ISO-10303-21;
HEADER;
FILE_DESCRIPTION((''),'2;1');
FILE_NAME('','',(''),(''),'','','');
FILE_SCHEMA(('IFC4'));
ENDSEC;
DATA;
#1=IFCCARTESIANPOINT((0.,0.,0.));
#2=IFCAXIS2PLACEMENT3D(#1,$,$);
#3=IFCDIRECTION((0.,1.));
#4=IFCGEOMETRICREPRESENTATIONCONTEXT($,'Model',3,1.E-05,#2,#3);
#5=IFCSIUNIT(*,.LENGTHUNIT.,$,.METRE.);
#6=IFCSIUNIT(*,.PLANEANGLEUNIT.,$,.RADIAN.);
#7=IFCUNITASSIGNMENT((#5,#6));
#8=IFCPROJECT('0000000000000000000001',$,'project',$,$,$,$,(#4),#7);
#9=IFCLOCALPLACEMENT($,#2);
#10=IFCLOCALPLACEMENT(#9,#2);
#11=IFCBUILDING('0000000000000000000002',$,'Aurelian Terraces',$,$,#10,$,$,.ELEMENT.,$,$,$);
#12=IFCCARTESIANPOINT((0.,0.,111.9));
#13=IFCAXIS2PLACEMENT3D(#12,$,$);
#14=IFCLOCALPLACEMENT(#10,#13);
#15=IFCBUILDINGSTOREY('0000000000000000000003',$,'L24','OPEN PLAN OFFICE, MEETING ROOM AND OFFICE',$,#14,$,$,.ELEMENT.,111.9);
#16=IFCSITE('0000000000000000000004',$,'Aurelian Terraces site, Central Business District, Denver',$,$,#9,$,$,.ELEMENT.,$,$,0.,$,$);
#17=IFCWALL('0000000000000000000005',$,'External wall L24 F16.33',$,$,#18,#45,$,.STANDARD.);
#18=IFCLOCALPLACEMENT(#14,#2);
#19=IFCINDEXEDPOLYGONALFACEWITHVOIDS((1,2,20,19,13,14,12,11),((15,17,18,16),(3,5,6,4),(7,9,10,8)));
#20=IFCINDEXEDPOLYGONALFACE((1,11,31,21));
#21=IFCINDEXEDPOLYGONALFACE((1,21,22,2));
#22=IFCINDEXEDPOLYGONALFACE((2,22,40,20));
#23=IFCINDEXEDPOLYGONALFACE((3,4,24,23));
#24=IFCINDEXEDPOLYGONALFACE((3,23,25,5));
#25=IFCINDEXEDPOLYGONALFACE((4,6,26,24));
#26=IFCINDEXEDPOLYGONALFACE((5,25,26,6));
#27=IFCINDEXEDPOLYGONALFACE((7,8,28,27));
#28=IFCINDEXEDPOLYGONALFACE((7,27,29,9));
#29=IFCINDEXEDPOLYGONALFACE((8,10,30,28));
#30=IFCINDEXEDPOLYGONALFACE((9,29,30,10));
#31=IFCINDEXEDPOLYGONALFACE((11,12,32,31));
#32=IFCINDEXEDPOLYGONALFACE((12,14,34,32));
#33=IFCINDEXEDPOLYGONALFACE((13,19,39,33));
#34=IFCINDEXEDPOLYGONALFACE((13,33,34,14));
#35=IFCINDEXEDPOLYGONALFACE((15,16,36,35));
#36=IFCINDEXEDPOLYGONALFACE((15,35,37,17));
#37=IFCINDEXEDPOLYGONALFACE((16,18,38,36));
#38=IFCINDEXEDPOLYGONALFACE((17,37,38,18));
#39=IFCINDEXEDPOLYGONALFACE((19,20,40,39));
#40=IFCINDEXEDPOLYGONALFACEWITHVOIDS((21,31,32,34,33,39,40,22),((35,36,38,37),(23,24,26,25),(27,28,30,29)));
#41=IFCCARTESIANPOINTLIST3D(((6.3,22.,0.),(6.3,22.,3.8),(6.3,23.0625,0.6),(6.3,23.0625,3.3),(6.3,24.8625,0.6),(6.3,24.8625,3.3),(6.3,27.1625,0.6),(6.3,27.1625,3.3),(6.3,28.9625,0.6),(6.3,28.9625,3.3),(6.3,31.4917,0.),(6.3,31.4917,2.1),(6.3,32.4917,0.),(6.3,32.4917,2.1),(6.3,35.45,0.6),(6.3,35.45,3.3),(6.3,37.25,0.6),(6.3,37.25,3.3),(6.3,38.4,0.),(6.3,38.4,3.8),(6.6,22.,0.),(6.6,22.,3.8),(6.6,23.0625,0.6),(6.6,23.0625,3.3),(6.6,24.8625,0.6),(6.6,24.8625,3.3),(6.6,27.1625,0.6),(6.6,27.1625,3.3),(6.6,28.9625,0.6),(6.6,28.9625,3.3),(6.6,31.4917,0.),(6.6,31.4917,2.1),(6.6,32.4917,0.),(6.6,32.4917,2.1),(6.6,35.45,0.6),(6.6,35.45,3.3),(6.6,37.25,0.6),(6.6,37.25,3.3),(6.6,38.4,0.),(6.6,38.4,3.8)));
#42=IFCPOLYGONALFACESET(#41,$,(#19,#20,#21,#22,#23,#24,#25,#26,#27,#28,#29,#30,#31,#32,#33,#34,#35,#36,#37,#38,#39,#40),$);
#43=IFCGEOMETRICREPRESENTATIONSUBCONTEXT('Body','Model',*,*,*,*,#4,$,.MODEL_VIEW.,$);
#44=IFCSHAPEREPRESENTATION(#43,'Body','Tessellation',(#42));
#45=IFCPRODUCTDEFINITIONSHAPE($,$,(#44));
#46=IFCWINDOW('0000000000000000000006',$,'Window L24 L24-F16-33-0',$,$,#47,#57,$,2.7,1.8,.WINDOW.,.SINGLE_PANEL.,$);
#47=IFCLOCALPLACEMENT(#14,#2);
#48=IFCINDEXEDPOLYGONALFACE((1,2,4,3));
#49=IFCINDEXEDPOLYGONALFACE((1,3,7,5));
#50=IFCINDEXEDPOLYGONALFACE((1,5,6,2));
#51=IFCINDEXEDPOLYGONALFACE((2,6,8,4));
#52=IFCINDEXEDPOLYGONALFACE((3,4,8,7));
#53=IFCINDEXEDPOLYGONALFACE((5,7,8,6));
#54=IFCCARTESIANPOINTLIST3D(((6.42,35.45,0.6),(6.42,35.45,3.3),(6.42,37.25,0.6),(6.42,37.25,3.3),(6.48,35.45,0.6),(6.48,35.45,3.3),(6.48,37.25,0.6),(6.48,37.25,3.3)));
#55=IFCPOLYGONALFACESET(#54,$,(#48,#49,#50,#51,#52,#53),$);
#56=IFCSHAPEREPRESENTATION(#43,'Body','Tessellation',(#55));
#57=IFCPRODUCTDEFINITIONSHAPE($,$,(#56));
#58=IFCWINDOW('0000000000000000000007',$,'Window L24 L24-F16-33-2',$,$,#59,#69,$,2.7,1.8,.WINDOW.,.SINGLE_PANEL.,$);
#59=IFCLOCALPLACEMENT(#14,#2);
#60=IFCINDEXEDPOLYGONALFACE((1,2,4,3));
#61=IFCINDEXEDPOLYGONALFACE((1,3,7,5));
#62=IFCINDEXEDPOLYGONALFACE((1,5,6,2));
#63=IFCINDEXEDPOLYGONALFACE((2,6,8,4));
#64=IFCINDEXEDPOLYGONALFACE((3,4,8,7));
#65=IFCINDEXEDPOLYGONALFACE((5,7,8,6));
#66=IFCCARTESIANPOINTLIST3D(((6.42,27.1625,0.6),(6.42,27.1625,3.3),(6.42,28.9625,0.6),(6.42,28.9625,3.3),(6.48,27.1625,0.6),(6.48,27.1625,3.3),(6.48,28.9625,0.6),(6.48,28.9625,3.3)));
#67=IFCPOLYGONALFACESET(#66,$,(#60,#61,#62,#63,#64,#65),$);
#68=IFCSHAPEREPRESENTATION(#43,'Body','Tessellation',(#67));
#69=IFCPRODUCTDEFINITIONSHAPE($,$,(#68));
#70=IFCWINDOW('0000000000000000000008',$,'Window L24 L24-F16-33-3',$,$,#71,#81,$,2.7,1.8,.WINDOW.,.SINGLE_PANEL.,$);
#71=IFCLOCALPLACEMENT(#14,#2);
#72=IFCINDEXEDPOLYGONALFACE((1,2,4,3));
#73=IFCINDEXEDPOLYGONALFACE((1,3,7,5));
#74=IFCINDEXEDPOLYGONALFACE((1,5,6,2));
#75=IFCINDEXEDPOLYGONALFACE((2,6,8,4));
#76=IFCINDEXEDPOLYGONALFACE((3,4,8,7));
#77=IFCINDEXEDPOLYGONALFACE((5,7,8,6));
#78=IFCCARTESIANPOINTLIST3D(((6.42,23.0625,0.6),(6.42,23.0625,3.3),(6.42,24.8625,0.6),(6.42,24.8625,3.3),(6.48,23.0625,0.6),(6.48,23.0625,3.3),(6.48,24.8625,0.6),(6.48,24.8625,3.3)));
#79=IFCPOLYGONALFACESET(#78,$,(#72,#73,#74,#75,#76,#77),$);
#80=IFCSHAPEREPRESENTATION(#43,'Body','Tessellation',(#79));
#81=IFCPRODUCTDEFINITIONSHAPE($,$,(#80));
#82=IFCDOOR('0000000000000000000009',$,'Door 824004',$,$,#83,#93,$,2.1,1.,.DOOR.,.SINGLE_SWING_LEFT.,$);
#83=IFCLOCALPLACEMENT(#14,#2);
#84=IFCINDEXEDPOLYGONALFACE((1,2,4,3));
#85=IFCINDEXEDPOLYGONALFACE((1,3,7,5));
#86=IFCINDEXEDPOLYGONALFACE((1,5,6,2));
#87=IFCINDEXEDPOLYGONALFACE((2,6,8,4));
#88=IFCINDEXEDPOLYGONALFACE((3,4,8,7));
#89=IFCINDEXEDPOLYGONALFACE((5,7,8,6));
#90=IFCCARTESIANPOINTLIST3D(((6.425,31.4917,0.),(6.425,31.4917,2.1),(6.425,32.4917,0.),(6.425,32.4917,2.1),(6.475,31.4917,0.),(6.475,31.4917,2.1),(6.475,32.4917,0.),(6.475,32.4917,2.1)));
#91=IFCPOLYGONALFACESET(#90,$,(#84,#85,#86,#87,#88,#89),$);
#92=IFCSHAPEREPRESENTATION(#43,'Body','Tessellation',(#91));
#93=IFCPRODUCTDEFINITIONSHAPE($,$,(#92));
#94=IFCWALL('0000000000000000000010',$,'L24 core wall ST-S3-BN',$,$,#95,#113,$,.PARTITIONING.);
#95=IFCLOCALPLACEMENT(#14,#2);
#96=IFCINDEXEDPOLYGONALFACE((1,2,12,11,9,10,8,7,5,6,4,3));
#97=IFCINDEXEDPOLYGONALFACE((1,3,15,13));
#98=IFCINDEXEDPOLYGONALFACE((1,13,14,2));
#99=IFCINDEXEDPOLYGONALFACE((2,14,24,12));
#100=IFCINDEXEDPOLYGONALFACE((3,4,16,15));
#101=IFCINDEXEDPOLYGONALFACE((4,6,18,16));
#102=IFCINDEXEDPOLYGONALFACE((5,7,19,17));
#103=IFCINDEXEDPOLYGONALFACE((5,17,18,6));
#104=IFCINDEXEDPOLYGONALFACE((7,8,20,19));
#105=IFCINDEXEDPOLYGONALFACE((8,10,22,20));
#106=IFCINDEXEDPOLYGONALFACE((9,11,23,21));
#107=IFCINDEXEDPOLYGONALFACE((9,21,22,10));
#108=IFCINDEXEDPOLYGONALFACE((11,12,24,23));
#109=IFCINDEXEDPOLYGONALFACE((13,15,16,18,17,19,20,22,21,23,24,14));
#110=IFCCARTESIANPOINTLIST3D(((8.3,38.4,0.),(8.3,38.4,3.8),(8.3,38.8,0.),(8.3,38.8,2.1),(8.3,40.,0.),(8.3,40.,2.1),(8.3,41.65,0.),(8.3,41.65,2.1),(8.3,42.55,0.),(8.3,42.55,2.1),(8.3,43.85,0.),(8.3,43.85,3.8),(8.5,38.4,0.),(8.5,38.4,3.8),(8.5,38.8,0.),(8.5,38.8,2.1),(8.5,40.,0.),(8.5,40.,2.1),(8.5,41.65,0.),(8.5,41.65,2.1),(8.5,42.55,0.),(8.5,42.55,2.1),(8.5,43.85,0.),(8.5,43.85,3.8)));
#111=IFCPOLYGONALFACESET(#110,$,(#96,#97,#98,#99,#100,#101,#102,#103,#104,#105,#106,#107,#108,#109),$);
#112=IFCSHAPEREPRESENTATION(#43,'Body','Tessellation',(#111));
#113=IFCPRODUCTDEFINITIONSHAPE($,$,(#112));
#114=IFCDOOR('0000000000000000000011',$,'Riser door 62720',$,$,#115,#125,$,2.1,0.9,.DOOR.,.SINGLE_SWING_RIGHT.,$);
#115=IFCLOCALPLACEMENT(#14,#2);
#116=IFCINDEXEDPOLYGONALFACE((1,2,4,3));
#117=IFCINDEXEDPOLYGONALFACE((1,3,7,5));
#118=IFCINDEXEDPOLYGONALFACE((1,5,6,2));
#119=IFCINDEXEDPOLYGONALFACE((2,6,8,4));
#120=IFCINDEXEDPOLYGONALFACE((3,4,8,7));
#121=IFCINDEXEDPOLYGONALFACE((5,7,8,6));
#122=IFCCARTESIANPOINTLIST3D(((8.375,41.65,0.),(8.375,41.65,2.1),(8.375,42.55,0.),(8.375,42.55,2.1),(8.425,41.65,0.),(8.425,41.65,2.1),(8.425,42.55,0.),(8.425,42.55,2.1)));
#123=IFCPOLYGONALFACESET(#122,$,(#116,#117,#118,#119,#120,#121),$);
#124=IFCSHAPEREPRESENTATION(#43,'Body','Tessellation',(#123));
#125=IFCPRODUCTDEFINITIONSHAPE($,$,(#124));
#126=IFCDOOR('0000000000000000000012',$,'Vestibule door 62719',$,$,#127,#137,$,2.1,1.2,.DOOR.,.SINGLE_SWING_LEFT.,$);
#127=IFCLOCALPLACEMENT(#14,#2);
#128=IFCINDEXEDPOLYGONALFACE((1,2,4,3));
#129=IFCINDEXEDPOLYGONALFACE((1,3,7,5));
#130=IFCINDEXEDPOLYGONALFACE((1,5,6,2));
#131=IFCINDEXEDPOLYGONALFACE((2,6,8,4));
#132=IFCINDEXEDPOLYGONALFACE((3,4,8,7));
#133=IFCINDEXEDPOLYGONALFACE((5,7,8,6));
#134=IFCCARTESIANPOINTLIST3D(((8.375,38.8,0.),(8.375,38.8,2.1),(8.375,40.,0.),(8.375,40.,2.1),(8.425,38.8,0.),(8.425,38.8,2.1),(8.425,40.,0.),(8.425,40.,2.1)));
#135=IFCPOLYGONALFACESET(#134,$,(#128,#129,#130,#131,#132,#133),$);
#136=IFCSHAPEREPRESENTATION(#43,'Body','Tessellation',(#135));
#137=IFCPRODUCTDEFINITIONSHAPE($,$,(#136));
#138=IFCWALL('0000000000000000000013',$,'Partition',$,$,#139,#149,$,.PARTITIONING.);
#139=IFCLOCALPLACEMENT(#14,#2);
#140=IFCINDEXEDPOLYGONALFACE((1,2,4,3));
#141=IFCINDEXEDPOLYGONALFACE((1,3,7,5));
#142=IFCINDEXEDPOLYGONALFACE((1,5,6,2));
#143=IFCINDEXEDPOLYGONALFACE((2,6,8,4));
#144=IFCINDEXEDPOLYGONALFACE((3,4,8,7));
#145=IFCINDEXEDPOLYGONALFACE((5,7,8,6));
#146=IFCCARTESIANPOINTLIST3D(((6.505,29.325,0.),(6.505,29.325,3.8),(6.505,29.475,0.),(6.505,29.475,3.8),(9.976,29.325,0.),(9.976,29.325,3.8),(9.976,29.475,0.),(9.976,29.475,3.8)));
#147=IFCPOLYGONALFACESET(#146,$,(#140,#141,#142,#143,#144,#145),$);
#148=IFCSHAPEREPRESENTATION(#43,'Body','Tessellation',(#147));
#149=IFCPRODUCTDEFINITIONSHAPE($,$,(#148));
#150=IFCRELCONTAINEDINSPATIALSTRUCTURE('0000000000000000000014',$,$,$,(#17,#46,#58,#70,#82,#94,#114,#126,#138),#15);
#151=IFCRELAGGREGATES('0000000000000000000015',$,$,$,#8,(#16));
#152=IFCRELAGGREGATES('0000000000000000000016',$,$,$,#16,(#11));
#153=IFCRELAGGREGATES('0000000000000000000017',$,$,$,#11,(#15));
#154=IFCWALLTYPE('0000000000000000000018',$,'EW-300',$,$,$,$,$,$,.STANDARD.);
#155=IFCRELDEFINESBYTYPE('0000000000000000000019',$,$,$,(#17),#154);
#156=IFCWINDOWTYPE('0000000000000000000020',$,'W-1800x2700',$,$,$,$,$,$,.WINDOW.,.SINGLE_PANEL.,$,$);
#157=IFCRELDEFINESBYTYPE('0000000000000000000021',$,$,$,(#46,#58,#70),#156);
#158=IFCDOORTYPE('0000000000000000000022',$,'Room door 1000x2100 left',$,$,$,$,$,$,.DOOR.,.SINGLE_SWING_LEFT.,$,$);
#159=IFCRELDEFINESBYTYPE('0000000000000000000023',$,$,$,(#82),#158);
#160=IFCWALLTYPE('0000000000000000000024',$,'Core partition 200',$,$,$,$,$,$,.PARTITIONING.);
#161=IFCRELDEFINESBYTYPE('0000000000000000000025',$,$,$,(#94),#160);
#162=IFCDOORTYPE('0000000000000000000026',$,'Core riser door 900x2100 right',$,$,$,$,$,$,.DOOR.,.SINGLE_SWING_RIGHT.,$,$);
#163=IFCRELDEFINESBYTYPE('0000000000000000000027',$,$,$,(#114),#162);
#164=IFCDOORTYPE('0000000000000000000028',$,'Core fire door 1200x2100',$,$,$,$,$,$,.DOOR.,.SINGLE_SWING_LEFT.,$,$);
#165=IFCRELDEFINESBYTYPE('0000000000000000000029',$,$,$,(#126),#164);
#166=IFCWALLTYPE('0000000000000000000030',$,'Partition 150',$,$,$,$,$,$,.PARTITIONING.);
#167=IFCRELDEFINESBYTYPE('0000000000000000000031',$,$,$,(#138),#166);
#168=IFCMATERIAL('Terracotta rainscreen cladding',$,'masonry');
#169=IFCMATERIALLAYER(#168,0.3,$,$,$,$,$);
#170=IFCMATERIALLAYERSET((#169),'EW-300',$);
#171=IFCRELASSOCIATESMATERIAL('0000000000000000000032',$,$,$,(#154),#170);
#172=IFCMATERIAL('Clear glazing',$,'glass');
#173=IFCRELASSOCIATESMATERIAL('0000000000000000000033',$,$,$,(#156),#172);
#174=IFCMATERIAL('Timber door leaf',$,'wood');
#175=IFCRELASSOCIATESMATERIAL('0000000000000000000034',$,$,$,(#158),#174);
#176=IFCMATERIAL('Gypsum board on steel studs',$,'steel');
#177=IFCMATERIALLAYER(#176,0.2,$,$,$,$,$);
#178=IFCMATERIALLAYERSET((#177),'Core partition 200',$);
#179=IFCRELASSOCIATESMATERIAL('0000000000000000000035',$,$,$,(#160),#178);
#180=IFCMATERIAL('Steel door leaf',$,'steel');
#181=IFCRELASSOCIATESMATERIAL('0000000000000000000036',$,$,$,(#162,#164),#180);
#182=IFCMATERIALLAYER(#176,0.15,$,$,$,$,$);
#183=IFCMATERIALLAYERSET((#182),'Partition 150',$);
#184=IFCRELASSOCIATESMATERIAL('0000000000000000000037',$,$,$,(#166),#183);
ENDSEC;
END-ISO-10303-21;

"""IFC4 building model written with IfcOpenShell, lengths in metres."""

from ifc_helpers import new_model, si_unit, direction, frame, frame_2d, origin, place, context, subcontext, project, spatial, rectangle, extrude, source, transform, mapped, material, layer, layer_set, type_object, element, fill, save


model = new_model("IFC4")

# Units and contexts
model_context = context("Model", 3, precision=1e-05, world=origin(), true_north=direction((0.0, 1.0)))
body_context = subcontext(model_context, "Body", "Model", "MODEL_VIEW")
ifc_project = project(units=[si_unit("LENGTHUNIT", "METRE"), si_unit("PLANEANGLEUNIT", "RADIAN")], contexts=[model_context])

# Site, building, storey
site_placement = place(None, origin())
site = spatial("IfcSite", under=ifc_project, at=site_placement, Name="Aurelian Terraces site, Central Business District, Denver", CompositionType="ELEMENT", RefElevation=0.0)
building_placement = place(site_placement, origin())
building = spatial("IfcBuilding", under=site, at=building_placement, Name="Aurelian Terraces", CompositionType="ELEMENT")
storey_placement = place(building_placement, frame((0.0, 0.0, 111.9)))
storey = spatial("IfcBuildingStorey", under=building, at=storey_placement, Name="L24", Description="OPEN PLAN OFFICE, MEETING ROOM AND OFFICE", CompositionType="ELEMENT", Elevation=111.9)

# Shared definitions
ifc_material_1 = material(Name="Clear glazing", Category="glass")

# Wall, openings, windows, door
ifc_material_2 = material(Name="Terracotta rainscreen cladding", Category="masonry")
ifc_layer_1 = layer(ifc_material_2, 0.3)
ifc_layer_set_1 = layer_set([ifc_layer_1], Name="EW-300")
wall_type_1 = type_object("IfcWallType", Name="EW-300", PredefinedType="STANDARD", material=ifc_layer_set_1)
shared_shape_1 = source(origin(), body_context, "Body", "SweptSolid", [
    extrude(rectangle(XDim=16.4, YDim=0.3, at=frame_2d((8.2, 0.0))), origin(), (0.0, 0.0, 1.0), 3.8),
])
wall_1_placement = place(storey_placement, frame((6.45, 38.4, 0.0), z_axis=(0.0, 0.0, 1.0), x_axis=(0.0, -1.0, 0.0)))
wall_1 = element("IfcWall", 1, at=wall_1_placement, inside=storey, type_object=wall_type_1, Name="External wall L24 F16.33", PredefinedType="STANDARD", context=body_context, shape_type="MappedRepresentation", body=[
    mapped(shared_shape_1, transform((0.0, 0.0, 0.0), scale=1.0)),
])
shared_shape_2 = source(origin(), body_context, "Body", "SweptSolid", [
    extrude(rectangle(XDim=1.8, YDim=2.7, at=frame_2d((0.9, 1.35))), frame((0.0, 0.16, 0.0), z_axis=(0.0, -1.0, 0.0), x_axis=(1.0, 0.0, 0.0)), (0.0, 0.0, 1.0), 0.32),
])
opening_1_placement = place(wall_1_placement, frame((1.15, 0.0, 0.6)))
opening_1 = element("IfcOpeningElement", 2, at=opening_1_placement, cuts=wall_1, PredefinedType="OPENING", context=body_context, shape_type="MappedRepresentation", body=[
    mapped(shared_shape_2, transform((0.0, 0.0, 0.0), scale=1.0)),
])
opening_2_placement = place(wall_1_placement, frame((9.4375, 0.0, 0.6)))
opening_2 = element("IfcOpeningElement", 3, at=opening_2_placement, cuts=wall_1, PredefinedType="OPENING", context=body_context, shape_type="MappedRepresentation", body=[
    mapped(shared_shape_2, transform((0.0, 0.0, 0.0), scale=1.0)),
])
opening_3_placement = place(wall_1_placement, frame((13.5375, 0.0, 0.6)))
opening_3 = element("IfcOpeningElement", 4, at=opening_3_placement, cuts=wall_1, PredefinedType="OPENING", context=body_context, shape_type="MappedRepresentation", body=[
    mapped(shared_shape_2, transform((0.0, 0.0, 0.0), scale=1.0)),
])
shared_shape_3 = source(origin(), body_context, "Body", "SweptSolid", [
    extrude(rectangle(XDim=1.0, YDim=2.1, at=frame_2d((0.5, 1.05))), frame((0.0, 0.16, 0.0), z_axis=(0.0, -1.0, 0.0), x_axis=(1.0, 0.0, 0.0)), (0.0, 0.0, 1.0), 0.32),
])
opening_4_placement = place(wall_1_placement, frame((5.9083, 0.0, 0.0)))
opening_4 = element("IfcOpeningElement", 5, at=opening_4_placement, cuts=wall_1, PredefinedType="OPENING", context=body_context, shape_type="MappedRepresentation", body=[
    mapped(shared_shape_3, transform((0.0, 0.0, 0.0), scale=1.0)),
])
window_type_1 = type_object("IfcWindowType", Name="W-1800x2700", PartitioningType="SINGLE_PANEL", PredefinedType="WINDOW", material=ifc_material_1)
shared_shape_4 = source(origin(), body_context, "Body", "SweptSolid", [
    extrude(rectangle(XDim=1.8, YDim=2.7, at=frame_2d((0.9, 1.35))), frame((0.0, 0.03, 0.0), z_axis=(0.0, -1.0, 0.0), x_axis=(1.0, 0.0, 0.0)), (0.0, 0.0, 1.0), 0.06),
])
window_1_placement = place(opening_1_placement, origin())
window_1 = element("IfcWindow", 6, at=window_1_placement, inside=storey, type_object=window_type_1, Name="Window L24 L24-F16-33-0", OverallHeight=2.7, OverallWidth=1.8, PartitioningType="SINGLE_PANEL", PredefinedType="WINDOW", context=body_context, shape_type="MappedRepresentation", body=[
    mapped(shared_shape_4, transform((0.0, 0.0, 0.0), scale=1.0)),
])
fill(opening_1, window_1)
window_2_placement = place(opening_2_placement, origin())
window_2 = element("IfcWindow", 7, at=window_2_placement, inside=storey, type_object=window_type_1, Name="Window L24 L24-F16-33-2", OverallHeight=2.7, OverallWidth=1.8, PartitioningType="SINGLE_PANEL", PredefinedType="WINDOW", context=body_context, shape_type="MappedRepresentation", body=[
    mapped(shared_shape_4, transform((0.0, 0.0, 0.0), scale=1.0)),
])
fill(opening_2, window_2)
window_3_placement = place(opening_3_placement, origin())
window_3 = element("IfcWindow", 8, at=window_3_placement, inside=storey, type_object=window_type_1, Name="Window L24 L24-F16-33-3", OverallHeight=2.7, OverallWidth=1.8, PartitioningType="SINGLE_PANEL", PredefinedType="WINDOW", context=body_context, shape_type="MappedRepresentation", body=[
    mapped(shared_shape_4, transform((0.0, 0.0, 0.0), scale=1.0)),
])
fill(opening_3, window_3)
ifc_material_3 = material(Name="Timber door leaf", Category="wood")
door_type_1 = type_object("IfcDoorType", Name="Room door 1000x2100 left", OperationType="SINGLE_SWING_LEFT", PredefinedType="DOOR", material=ifc_material_3)
shared_shape_5 = source(origin(), body_context, "Body", "SweptSolid", [
    extrude(rectangle(XDim=1.0, YDim=2.1, at=frame_2d((0.5, 1.05))), frame((0.0, 0.025, 0.0), z_axis=(0.0, -1.0, 0.0), x_axis=(1.0, 0.0, 0.0)), (0.0, 0.0, 1.0), 0.05),
])
door_1_placement = place(opening_4_placement, origin())
door_1 = element("IfcDoor", 9, at=door_1_placement, inside=storey, type_object=door_type_1, Name="Door 824004", OperationType="SINGLE_SWING_LEFT", OverallHeight=2.1, OverallWidth=1.0, PredefinedType="DOOR", context=body_context, shape_type="MappedRepresentation", body=[
    mapped(shared_shape_5, transform((0.0, 0.0, 0.0), scale=1.0)),
])
fill(opening_4, door_1)

# Wall, openings, doors
ifc_material_4 = material(Name="Gypsum board on steel studs", Category="steel")
ifc_layer_2 = layer(ifc_material_4, 0.2)
ifc_layer_set_2 = layer_set([ifc_layer_2], Name="Core partition 200")
wall_type_2 = type_object("IfcWallType", Name="Core partition 200", PredefinedType="PARTITIONING", material=ifc_layer_set_2)
shared_shape_6 = source(origin(), body_context, "Body", "SweptSolid", [
    extrude(rectangle(XDim=5.45, YDim=0.2, at=frame_2d((2.725, 0.0))), origin(), (0.0, 0.0, 1.0), 3.8),
])
wall_2_placement = place(storey_placement, frame((8.4, 38.4, 0.0), z_axis=(0.0, 0.0, 1.0), x_axis=(0.0, 1.0, 0.0)))
wall_2 = element("IfcWall", 10, at=wall_2_placement, inside=storey, type_object=wall_type_2, Name="L24 core wall ST-S3-BN", PredefinedType="PARTITIONING", context=body_context, shape_type="MappedRepresentation", body=[
    mapped(shared_shape_6, transform((0.0, 0.0, 0.0), scale=1.0)),
])
shared_shape_7 = source(origin(), body_context, "Body", "SweptSolid", [
    extrude(rectangle(XDim=1.2, YDim=2.1, at=frame_2d((0.6, 1.05))), frame((0.0, 0.11, 0.0), z_axis=(0.0, -1.0, 0.0), x_axis=(1.0, 0.0, 0.0)), (0.0, 0.0, 1.0), 0.22),
])
opening_5_placement = place(wall_2_placement, frame((0.4, 0.0, 0.0)))
opening_5 = element("IfcOpeningElement", 11, at=opening_5_placement, cuts=wall_2, PredefinedType="OPENING", context=body_context, shape_type="MappedRepresentation", body=[
    mapped(shared_shape_7, transform((0.0, 0.0, 0.0), scale=1.0)),
])
shared_shape_8 = source(origin(), body_context, "Body", "SweptSolid", [
    extrude(rectangle(XDim=0.9, YDim=2.1, at=frame_2d((0.45, 1.05))), frame((0.0, 0.11, 0.0), z_axis=(0.0, -1.0, 0.0), x_axis=(1.0, 0.0, 0.0)), (0.0, 0.0, 1.0), 0.22),
])
opening_6_placement = place(wall_2_placement, frame((3.25, 0.0, 0.0)))
opening_6 = element("IfcOpeningElement", 12, at=opening_6_placement, cuts=wall_2, PredefinedType="OPENING", context=body_context, shape_type="MappedRepresentation", body=[
    mapped(shared_shape_8, transform((0.0, 0.0, 0.0), scale=1.0)),
])
ifc_material_5 = material(Name="Steel door leaf", Category="steel")
door_type_2 = type_object("IfcDoorType", Name="Core riser door 900x2100 right", OperationType="SINGLE_SWING_RIGHT", PredefinedType="DOOR", material=ifc_material_5)
shared_shape_9 = source(origin(), body_context, "Body", "SweptSolid", [
    extrude(rectangle(XDim=0.9, YDim=2.1, at=frame_2d((0.45, 1.05))), frame((0.0, 0.025, 0.0), z_axis=(0.0, -1.0, 0.0), x_axis=(1.0, 0.0, 0.0)), (0.0, 0.0, 1.0), 0.05),
])
door_2_placement = place(opening_6_placement, origin())
door_2 = element("IfcDoor", 13, at=door_2_placement, inside=storey, type_object=door_type_2, Name="Riser door 62720", OperationType="SINGLE_SWING_RIGHT", OverallHeight=2.1, OverallWidth=0.9, PredefinedType="DOOR", context=body_context, shape_type="MappedRepresentation", body=[
    mapped(shared_shape_9, transform((0.0, 0.0, 0.0), scale=1.0)),
])
fill(opening_6, door_2)
door_type_3 = type_object("IfcDoorType", Name="Core fire door 1200x2100", OperationType="SINGLE_SWING_LEFT", PredefinedType="DOOR", material=ifc_material_5)
shared_shape_10 = source(origin(), body_context, "Body", "SweptSolid", [
    extrude(rectangle(XDim=1.2, YDim=2.1, at=frame_2d((0.6, 1.05))), frame((0.0, 0.025, 0.0), z_axis=(0.0, -1.0, 0.0), x_axis=(1.0, 0.0, 0.0)), (0.0, 0.0, 1.0), 0.05),
])
door_3_placement = place(opening_5_placement, origin())
door_3 = element("IfcDoor", 14, at=door_3_placement, inside=storey, type_object=door_type_3, Name="Vestibule door 62719", OperationType="SINGLE_SWING_LEFT", OverallHeight=2.1, OverallWidth=1.2, PredefinedType="DOOR", context=body_context, shape_type="MappedRepresentation", body=[
    mapped(shared_shape_10, transform((0.0, 0.0, 0.0), scale=1.0)),
])
fill(opening_5, door_3)

# Wall
ifc_layer_3 = layer(ifc_material_4, 0.15)
ifc_layer_set_3 = layer_set([ifc_layer_3], Name="Partition 150")
wall_type_3 = type_object("IfcWallType", Name="Partition 150", PredefinedType="PARTITIONING", material=ifc_layer_set_3)
shared_shape_11 = source(origin(), body_context, "Body", "SweptSolid", [
    extrude(rectangle(XDim=3.471, YDim=0.15, at=frame_2d((1.7355, 0.0))), origin(), (0.0, 0.0, 1.0), 3.8),
])
for number, where, z_axis, x_axis, name in (
    (15, (9.976, 29.4, 0.0), (0.0, 0.0, 1.0), (-1.0, 0.0, 0.0), "Partition"),
):
    element("IfcWall", number, at=place(storey_placement, frame(where, z_axis=z_axis, x_axis=x_axis)), inside=storey, type_object=wall_type_3, Name=name, PredefinedType="PARTITIONING", context=body_context, shape_type="MappedRepresentation", body=[
        mapped(shared_shape_11, transform((0.0, 0.0, 0.0), scale=1.0)),
    ])

save(model, "model.ifc")
